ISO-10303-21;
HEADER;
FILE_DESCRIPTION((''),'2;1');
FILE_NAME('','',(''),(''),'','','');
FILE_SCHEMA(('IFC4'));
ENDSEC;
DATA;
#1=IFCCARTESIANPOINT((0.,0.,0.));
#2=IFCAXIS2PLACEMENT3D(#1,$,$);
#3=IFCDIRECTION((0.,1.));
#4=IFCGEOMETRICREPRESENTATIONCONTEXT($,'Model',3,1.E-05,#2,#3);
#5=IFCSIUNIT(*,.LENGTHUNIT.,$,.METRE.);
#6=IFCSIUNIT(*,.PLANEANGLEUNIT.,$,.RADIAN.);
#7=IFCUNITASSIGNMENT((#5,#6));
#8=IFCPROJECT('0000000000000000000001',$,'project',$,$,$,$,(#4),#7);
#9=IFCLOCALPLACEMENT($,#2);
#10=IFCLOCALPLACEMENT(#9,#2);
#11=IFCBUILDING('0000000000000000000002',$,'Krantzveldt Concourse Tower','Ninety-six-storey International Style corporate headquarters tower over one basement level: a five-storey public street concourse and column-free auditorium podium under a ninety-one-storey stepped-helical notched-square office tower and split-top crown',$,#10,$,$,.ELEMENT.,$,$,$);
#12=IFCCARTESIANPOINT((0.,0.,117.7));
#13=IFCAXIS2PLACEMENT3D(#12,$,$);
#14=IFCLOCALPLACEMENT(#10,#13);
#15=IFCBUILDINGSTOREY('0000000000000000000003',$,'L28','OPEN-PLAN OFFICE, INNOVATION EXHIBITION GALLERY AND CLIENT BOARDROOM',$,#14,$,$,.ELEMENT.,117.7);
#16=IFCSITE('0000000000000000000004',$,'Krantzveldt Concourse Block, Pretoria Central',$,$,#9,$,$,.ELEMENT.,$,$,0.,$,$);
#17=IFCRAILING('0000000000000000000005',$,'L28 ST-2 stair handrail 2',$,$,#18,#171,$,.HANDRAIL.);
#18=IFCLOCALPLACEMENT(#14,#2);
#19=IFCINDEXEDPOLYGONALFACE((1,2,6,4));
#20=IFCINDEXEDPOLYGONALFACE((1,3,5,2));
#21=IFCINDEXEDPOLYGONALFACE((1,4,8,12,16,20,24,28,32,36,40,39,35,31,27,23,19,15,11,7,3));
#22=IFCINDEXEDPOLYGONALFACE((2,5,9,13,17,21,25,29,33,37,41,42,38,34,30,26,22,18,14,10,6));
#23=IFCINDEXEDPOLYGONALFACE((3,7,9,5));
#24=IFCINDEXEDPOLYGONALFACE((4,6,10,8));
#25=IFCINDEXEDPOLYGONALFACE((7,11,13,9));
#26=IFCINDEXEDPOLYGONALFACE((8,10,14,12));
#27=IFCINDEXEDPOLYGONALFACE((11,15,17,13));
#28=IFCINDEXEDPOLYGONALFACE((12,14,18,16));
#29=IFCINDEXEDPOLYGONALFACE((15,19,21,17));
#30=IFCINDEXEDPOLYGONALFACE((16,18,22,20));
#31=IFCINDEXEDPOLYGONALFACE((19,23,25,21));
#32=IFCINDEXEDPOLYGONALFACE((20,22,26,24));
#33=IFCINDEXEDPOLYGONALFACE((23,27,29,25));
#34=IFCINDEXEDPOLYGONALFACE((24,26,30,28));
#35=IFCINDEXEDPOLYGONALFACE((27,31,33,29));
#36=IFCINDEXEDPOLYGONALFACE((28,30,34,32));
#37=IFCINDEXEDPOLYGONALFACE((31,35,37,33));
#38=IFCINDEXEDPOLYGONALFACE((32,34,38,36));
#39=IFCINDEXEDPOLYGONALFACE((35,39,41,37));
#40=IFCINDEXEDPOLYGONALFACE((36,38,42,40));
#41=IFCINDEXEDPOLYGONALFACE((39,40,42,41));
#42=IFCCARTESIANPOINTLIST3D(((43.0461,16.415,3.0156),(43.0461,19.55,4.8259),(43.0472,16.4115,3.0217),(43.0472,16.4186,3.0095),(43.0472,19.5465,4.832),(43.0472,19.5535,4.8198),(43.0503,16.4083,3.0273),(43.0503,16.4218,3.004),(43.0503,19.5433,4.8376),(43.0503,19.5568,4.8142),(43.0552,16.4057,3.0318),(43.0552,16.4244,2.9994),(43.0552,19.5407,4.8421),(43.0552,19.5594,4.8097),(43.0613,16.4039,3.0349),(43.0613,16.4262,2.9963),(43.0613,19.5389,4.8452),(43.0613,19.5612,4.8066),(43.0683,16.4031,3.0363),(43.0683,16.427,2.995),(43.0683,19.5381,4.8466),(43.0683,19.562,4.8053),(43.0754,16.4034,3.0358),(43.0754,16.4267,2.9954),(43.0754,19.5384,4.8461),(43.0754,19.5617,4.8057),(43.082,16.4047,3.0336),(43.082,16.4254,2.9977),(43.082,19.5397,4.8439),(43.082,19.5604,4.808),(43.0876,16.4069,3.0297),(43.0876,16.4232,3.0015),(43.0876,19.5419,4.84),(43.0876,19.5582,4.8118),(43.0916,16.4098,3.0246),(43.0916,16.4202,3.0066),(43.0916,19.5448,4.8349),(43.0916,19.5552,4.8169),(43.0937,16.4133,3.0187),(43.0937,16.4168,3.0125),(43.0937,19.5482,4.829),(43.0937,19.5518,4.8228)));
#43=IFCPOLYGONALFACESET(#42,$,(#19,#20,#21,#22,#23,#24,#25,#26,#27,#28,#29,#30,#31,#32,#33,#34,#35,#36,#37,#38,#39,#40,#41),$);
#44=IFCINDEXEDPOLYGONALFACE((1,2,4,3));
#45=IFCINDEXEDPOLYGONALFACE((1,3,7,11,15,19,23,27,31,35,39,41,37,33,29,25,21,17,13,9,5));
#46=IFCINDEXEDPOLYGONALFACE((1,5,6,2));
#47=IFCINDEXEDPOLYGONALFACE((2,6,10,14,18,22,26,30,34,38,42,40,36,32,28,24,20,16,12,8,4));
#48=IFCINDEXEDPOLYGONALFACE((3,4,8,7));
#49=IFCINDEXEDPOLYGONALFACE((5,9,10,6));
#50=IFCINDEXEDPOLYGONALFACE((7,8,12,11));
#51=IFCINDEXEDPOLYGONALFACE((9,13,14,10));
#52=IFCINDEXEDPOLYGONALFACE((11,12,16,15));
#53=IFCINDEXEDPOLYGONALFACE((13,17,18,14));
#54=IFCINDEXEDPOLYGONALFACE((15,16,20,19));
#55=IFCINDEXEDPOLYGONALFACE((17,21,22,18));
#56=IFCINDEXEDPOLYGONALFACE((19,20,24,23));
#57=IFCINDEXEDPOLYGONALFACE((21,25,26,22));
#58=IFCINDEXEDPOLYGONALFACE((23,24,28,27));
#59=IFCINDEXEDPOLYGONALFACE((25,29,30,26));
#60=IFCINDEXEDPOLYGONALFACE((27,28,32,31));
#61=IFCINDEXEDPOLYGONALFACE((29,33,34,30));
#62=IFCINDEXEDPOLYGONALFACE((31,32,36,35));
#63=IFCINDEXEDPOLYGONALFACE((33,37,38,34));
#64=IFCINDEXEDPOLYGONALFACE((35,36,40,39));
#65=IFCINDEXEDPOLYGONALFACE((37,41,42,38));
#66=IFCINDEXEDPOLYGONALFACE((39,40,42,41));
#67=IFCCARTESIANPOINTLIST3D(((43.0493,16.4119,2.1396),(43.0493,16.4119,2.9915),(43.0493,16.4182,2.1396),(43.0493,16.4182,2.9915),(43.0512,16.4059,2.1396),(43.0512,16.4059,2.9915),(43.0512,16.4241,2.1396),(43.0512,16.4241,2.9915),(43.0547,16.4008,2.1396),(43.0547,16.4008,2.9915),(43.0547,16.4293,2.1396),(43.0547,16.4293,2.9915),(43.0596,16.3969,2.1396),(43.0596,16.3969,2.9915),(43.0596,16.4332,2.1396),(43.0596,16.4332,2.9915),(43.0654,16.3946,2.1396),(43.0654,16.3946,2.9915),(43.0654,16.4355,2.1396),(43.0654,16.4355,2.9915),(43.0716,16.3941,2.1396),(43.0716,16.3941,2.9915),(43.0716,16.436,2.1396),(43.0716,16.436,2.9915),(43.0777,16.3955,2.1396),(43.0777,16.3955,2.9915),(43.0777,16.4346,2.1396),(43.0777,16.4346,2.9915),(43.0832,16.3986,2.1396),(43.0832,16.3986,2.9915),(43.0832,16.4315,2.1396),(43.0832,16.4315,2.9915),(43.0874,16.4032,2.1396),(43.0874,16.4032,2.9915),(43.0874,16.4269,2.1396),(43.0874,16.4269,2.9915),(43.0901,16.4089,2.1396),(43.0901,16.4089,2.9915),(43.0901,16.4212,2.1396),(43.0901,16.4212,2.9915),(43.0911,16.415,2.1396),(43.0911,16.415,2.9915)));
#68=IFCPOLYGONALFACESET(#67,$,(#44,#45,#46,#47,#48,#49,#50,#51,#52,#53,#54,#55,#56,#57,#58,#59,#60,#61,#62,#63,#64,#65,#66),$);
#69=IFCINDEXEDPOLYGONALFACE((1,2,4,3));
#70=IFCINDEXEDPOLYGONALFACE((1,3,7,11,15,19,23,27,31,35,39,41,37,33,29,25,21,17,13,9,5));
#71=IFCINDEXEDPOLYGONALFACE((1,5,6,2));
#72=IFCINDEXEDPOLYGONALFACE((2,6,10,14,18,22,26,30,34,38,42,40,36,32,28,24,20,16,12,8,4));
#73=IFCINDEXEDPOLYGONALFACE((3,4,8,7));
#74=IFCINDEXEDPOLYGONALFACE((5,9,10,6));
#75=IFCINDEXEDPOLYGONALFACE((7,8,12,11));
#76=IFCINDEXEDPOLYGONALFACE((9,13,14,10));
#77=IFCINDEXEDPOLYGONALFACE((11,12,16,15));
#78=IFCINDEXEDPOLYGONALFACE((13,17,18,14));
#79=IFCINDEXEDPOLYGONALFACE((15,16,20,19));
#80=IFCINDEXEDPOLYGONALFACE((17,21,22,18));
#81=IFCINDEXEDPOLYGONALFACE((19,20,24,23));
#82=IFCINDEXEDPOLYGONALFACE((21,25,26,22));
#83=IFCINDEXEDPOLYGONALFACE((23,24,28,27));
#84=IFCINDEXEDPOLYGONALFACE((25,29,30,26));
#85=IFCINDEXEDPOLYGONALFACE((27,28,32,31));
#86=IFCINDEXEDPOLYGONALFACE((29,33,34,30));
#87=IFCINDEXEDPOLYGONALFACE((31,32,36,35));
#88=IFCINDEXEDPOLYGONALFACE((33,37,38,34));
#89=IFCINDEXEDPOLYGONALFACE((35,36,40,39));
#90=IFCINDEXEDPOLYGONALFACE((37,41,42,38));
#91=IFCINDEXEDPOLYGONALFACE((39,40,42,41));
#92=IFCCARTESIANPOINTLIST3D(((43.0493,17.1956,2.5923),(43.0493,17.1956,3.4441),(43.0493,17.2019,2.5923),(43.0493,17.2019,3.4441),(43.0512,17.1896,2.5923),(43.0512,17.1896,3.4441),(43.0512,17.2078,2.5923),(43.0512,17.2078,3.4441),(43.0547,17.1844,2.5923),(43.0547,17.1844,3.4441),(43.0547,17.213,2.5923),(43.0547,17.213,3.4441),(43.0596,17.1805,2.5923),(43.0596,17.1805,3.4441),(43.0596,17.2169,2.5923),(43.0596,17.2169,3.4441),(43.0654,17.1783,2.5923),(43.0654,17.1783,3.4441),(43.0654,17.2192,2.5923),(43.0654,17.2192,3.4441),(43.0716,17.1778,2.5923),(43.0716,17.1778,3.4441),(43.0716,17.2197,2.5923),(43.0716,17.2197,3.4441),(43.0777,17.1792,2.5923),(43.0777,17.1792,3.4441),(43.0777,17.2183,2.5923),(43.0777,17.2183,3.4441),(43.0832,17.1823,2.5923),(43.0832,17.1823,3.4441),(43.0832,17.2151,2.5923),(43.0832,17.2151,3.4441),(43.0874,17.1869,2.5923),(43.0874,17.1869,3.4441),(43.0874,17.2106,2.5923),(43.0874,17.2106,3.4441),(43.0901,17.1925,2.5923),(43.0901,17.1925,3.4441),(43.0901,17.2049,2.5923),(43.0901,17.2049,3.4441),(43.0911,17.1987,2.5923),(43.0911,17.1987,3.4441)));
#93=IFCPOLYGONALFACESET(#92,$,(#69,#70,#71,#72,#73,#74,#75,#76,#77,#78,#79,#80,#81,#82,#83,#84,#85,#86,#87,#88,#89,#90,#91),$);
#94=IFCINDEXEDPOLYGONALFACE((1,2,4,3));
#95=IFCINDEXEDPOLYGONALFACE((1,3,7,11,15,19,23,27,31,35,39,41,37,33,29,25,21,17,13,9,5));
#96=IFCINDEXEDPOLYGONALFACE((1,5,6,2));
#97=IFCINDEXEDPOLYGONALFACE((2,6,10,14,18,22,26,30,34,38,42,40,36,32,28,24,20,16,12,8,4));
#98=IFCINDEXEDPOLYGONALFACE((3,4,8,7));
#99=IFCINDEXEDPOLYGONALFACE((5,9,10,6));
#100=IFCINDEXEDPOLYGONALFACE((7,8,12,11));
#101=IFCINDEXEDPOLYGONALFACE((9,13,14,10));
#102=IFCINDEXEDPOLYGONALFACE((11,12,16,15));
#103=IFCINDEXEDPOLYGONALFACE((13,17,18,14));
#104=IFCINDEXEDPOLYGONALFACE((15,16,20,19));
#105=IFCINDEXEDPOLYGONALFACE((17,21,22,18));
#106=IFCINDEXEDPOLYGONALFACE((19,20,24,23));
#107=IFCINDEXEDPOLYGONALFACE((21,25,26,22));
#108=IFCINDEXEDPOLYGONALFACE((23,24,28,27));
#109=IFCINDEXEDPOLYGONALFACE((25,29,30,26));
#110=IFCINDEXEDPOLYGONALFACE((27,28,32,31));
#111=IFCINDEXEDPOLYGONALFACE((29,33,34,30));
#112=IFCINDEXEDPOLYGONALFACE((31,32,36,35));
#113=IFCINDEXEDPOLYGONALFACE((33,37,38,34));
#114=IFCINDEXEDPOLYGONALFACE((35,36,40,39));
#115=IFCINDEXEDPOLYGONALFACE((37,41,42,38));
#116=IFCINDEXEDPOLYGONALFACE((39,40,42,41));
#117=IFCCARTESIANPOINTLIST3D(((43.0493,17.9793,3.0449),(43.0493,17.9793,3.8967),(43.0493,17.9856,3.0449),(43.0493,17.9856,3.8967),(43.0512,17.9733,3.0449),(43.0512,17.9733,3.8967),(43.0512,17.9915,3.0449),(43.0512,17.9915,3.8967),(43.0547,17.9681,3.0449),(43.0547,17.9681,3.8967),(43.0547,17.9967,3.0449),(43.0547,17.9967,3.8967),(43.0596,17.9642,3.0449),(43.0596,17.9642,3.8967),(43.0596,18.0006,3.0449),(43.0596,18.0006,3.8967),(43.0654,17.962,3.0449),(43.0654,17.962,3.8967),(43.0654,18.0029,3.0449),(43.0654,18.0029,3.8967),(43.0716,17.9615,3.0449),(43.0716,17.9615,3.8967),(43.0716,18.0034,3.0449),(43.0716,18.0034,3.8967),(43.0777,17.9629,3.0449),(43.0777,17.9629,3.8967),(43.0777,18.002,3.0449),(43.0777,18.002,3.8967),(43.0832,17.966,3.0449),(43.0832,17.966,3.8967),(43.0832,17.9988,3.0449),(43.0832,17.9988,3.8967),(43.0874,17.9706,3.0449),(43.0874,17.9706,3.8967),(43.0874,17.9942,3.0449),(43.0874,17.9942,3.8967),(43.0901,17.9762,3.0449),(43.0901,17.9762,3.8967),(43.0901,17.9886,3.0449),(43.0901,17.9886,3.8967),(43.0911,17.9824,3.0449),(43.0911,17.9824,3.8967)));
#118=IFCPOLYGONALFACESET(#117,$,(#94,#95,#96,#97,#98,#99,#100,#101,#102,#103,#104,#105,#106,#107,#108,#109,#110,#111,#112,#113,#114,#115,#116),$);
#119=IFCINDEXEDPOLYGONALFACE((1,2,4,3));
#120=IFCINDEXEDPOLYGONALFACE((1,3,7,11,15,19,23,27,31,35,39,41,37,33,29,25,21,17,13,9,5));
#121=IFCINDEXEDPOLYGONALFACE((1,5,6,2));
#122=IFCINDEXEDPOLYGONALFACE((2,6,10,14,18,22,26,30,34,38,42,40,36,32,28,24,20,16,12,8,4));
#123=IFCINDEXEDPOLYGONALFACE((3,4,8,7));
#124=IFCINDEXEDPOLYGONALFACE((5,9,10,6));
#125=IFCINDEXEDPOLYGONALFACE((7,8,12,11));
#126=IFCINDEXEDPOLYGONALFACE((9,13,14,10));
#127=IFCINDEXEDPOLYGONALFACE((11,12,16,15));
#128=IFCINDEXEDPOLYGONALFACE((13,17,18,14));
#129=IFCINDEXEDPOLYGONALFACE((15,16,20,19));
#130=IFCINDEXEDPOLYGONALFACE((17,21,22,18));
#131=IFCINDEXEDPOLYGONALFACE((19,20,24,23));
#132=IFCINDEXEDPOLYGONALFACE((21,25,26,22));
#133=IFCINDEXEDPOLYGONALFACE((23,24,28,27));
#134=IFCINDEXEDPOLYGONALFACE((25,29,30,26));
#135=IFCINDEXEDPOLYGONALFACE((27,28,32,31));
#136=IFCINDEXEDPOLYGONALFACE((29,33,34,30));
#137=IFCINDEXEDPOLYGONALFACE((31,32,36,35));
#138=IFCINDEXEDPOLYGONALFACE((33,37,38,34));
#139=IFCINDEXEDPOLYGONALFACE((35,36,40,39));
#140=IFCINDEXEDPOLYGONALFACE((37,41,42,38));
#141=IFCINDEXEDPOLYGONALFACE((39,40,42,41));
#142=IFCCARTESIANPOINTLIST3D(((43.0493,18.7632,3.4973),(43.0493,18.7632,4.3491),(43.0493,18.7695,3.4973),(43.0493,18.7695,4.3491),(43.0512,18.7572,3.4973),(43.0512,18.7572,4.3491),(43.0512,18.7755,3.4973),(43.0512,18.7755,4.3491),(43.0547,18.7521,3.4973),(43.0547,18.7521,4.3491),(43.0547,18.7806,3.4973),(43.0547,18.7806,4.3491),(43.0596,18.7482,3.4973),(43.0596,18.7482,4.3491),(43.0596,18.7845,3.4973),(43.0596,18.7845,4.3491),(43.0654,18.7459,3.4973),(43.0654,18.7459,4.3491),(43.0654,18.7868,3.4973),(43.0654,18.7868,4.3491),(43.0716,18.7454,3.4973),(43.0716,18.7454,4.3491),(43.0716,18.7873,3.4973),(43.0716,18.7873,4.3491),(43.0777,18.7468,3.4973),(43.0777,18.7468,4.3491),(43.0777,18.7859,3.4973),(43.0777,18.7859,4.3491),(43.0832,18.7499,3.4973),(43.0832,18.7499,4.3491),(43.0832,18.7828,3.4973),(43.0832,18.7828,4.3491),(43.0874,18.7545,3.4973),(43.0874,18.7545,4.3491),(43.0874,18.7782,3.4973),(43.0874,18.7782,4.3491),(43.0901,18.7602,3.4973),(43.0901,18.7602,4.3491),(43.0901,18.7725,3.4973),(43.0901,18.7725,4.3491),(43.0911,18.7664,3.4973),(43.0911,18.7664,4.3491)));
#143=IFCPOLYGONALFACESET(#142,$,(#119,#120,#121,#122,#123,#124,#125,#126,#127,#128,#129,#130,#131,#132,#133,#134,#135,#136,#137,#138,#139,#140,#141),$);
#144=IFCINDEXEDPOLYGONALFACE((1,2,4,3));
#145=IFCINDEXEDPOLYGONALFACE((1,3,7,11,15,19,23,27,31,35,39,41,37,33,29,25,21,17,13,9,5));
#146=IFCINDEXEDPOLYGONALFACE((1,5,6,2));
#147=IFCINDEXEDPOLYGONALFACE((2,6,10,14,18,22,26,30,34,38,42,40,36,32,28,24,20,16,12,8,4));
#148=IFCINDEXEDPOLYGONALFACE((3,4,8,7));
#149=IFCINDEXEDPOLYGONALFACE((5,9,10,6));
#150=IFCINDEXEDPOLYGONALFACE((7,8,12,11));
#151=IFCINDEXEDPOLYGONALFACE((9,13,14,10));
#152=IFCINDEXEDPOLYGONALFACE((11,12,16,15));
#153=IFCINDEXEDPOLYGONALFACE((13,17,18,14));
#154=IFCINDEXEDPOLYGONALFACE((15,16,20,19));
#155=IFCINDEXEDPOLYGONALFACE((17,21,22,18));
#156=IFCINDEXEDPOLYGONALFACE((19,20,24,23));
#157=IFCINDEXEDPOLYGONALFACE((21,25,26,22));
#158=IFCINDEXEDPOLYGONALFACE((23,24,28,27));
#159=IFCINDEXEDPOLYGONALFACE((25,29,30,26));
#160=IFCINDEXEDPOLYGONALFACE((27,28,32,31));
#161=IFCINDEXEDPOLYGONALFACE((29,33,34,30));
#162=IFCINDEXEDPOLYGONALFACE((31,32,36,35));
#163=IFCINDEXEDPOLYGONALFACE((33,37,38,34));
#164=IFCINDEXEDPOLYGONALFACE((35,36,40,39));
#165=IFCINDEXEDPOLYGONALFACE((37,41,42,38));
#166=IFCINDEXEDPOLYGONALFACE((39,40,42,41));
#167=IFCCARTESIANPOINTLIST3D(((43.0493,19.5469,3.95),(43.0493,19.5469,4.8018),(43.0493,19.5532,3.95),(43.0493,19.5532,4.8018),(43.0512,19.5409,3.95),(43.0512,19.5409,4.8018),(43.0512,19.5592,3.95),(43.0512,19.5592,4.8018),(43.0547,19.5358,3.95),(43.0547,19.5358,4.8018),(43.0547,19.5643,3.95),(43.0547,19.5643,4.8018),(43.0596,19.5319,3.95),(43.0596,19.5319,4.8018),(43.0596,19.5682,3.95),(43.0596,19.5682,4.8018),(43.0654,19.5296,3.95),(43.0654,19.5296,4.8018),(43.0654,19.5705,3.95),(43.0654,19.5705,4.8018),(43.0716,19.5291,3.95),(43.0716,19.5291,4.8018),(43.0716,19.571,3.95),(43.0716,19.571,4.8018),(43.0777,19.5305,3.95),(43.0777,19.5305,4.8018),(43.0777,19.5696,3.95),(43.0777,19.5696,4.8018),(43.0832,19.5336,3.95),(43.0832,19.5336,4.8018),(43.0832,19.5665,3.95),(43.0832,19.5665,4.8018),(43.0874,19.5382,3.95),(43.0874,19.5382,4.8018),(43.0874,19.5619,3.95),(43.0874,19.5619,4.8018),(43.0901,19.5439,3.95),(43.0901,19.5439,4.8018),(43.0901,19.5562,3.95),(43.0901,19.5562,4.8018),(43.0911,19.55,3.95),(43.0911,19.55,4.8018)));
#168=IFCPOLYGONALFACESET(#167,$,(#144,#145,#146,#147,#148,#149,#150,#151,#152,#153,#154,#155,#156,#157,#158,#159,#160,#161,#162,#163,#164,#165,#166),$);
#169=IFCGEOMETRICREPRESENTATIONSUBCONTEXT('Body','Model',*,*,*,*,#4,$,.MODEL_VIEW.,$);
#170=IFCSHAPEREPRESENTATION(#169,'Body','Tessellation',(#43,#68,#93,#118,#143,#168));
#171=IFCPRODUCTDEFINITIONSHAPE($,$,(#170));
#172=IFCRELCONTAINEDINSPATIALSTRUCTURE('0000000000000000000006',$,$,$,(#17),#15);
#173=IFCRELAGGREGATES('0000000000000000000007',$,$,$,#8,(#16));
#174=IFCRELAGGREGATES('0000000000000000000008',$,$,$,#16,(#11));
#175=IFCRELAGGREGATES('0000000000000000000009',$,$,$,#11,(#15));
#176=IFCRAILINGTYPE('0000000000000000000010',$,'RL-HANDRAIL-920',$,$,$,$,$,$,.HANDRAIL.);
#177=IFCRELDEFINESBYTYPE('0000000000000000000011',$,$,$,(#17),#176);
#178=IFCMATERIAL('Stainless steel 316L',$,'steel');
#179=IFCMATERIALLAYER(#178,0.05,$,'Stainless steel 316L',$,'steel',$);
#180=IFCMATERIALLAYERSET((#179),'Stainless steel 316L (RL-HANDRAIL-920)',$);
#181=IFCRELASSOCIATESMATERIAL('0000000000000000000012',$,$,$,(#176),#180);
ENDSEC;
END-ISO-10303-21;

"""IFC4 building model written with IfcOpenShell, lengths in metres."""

from ifc_helpers import new_model, si_unit, direction, frame, origin, origin_2d, place, context, subcontext, project, spatial, circle, extrude, material, layer, layer_set, type_object, element, save


model = new_model("IFC4")

# Units and contexts
model_context = context("Model", 3, precision=1e-05, world=origin(), true_north=direction((0.0, 1.0)))
body_context = subcontext(model_context, "Body", "Model", "MODEL_VIEW")
ifc_project = project(units=[si_unit("LENGTHUNIT", "METRE"), si_unit("PLANEANGLEUNIT", "RADIAN")], contexts=[model_context])

# Site, building, storey
site_placement = place(None, origin())
site = spatial("IfcSite", under=ifc_project, at=site_placement, Name="Krantzveldt Concourse Block, Pretoria Central", CompositionType="ELEMENT", RefElevation=0.0)
building_placement = place(site_placement, origin())
building = spatial("IfcBuilding", under=site, at=building_placement, Name="Krantzveldt Concourse Tower", Description="Ninety-six-storey International Style corporate headquarters tower over one basement level: a five-storey public street concourse and column-free auditorium podium under a ninety-one-storey stepped-helical notched-square office tower and split-top crown", CompositionType="ELEMENT")
storey_placement = place(building_placement, frame((0.0, 0.0, 117.7)))
storey = spatial("IfcBuildingStorey", under=building, at=storey_placement, Name="L28", Description="OPEN-PLAN OFFICE, INNOVATION EXHIBITION GALLERY AND CLIENT BOARDROOM", CompositionType="ELEMENT", Elevation=117.7)

# Shared definitions
ifc_material_1 = material(Name="Stainless steel 316L", Category="steel")

# Railing
ifc_layer_1 = layer(ifc_material_1, 0.05, Name="Stainless steel 316L", Category="steel")
ifc_layer_set_1 = layer_set([ifc_layer_1], Name="Stainless steel 316L (RL-HANDRAIL-920)")
railing_type_1 = type_object("IfcRailingType", Name="RL-HANDRAIL-920", PredefinedType="HANDRAIL", material=ifc_layer_set_1)
railing_1_placement = place(storey_placement, frame((43.0701, 16.415, 2.1396)))
element("IfcRailing", 1, at=railing_1_placement, inside=storey, type_object=railing_type_1, Name="L28 ST-2 stair handrail 2", PredefinedType="HANDRAIL", context=body_context, shape_type="SweptSolid", body=[
    extrude(circle(Radius=0.0239, at=origin_2d()), frame((0.0, 0.0, 0.876), z_axis=(0.0, 0.865989, 0.500063), x_axis=(-1.0, 0.0, 0.0)), (0.0, 0.0, 1.0), 3.6201),
    extrude(circle(Radius=0.021, at=origin_2d()), origin(), (0.0, 0.0, 1.0), 0.8518),
    extrude(circle(Radius=0.021, at=origin_2d()), frame((0.0, 0.7837, 0.4526)), (0.0, 0.0, 1.0), 0.8518),
    extrude(circle(Radius=0.021, at=origin_2d()), frame((0.0, 1.5674, 0.9053)), (0.0, 0.0, 1.0), 0.8518),
    extrude(circle(Radius=0.021, at=origin_2d()), frame((0.0, 2.3513, 1.3577)), (0.0, 0.0, 1.0), 0.8518),
    extrude(circle(Radius=0.021, at=origin_2d()), frame((0.0, 3.135, 1.8103)), (0.0, 0.0, 1.0), 0.8518),
])

save(model, "model.ifc")
